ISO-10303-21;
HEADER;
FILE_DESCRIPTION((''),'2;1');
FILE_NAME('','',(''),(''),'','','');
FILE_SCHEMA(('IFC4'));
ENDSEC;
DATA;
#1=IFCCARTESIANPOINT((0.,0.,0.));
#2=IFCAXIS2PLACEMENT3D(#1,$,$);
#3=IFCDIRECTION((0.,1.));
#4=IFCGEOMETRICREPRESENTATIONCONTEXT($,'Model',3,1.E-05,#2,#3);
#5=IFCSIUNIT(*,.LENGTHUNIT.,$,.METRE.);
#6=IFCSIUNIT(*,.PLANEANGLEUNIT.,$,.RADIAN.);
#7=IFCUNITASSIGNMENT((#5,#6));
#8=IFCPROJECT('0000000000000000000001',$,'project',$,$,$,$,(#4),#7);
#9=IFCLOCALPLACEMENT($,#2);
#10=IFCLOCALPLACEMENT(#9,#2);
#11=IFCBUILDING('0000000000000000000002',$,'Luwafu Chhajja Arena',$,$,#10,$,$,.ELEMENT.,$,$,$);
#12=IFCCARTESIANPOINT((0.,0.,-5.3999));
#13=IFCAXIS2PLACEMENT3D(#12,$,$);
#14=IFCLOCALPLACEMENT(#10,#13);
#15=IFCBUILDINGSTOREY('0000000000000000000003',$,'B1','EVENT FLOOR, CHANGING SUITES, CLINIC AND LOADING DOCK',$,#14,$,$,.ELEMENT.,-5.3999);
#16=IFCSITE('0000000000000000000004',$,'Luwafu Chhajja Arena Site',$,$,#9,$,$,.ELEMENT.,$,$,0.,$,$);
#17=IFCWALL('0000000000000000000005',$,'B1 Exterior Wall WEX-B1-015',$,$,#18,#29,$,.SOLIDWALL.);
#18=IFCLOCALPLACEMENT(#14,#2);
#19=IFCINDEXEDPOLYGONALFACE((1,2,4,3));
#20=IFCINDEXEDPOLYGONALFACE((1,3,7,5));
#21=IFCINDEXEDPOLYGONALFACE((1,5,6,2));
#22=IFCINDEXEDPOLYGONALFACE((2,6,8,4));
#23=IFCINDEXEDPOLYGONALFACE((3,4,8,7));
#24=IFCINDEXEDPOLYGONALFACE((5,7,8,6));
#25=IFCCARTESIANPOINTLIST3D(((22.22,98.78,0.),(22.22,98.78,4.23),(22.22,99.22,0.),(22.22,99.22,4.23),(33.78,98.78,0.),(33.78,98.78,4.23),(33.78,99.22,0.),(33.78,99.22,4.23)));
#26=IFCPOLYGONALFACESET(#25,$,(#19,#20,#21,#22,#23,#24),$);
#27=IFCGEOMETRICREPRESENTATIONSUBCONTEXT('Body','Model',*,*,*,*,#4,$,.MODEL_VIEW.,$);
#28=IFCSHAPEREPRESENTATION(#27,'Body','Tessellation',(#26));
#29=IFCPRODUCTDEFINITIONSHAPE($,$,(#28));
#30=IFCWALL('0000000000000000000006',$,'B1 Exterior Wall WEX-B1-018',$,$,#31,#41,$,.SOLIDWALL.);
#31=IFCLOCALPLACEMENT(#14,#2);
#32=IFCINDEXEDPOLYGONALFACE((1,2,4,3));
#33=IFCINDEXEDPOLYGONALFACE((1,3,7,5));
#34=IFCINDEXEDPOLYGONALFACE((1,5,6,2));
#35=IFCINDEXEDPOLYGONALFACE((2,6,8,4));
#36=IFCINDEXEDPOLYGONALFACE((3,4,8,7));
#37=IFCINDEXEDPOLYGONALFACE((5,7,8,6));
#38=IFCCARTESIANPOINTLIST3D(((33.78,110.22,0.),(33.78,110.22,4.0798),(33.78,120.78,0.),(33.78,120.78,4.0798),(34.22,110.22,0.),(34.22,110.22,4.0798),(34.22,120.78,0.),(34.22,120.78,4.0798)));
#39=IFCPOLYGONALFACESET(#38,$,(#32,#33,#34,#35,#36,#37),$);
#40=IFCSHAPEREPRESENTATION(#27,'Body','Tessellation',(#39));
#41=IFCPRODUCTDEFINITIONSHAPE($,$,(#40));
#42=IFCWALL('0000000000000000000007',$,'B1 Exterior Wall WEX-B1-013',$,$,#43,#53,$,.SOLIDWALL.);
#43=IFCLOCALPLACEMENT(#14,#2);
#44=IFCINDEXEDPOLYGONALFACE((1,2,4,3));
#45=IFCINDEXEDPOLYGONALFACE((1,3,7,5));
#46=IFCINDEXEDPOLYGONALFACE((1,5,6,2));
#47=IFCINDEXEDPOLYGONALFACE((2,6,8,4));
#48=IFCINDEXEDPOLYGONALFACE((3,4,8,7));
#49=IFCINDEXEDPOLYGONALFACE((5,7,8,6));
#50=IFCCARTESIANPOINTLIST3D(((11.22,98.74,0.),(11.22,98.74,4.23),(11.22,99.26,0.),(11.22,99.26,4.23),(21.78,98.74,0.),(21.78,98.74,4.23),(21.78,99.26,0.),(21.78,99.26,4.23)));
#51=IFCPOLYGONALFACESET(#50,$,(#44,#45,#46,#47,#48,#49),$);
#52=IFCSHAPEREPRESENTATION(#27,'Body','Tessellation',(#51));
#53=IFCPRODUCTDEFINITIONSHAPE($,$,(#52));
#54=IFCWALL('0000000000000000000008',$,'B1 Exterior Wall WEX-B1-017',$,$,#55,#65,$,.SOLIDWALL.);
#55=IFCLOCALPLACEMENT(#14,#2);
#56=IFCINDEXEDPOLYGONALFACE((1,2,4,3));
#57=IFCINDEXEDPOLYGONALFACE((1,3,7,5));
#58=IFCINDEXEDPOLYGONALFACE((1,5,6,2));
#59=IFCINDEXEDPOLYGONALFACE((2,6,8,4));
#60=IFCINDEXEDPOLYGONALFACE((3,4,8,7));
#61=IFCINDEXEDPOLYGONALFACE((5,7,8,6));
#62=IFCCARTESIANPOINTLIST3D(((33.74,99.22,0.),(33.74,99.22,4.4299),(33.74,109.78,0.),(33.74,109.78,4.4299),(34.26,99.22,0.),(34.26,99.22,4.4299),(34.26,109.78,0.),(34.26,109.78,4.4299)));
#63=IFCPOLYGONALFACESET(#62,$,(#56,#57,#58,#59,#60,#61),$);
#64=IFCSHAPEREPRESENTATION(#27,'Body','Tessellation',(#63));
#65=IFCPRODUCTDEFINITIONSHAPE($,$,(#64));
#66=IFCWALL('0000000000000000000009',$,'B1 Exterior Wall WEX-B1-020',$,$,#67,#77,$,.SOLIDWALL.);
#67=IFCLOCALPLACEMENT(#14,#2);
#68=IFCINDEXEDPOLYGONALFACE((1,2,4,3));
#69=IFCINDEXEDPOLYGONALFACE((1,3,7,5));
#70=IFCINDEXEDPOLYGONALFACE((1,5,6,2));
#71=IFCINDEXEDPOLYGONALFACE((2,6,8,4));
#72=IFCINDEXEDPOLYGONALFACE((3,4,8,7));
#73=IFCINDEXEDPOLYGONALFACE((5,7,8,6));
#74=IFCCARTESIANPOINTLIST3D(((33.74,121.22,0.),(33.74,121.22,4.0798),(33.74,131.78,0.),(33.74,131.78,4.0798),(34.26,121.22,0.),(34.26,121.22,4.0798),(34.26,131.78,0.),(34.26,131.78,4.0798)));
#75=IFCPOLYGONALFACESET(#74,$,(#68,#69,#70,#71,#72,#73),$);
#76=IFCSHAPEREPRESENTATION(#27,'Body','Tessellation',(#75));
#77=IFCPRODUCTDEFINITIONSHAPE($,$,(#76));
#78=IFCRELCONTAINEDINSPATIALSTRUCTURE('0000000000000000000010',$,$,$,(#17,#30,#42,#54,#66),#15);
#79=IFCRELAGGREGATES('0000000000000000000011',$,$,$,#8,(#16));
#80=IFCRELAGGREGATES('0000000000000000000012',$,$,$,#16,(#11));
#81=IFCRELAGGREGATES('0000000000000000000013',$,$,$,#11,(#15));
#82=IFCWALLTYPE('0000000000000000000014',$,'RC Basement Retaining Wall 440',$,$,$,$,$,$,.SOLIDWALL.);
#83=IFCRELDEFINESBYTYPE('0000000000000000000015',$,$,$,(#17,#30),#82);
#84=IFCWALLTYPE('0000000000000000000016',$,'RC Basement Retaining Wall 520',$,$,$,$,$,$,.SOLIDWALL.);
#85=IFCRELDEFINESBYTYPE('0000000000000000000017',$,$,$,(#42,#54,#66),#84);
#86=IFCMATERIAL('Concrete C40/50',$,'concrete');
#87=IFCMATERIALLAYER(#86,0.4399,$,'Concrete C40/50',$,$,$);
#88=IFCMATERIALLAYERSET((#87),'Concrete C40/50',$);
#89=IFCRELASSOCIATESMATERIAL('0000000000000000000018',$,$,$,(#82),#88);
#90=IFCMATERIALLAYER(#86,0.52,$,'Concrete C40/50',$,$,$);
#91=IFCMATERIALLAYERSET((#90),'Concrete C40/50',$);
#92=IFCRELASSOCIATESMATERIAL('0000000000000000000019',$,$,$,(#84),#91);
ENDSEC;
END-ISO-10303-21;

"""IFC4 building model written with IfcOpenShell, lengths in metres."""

from ifc_helpers import new_model, si_unit, direction, frame, frame_2d, origin, place, context, subcontext, project, spatial, rectangle, extrude, material, layer, layer_set, type_object, element, save


model = new_model("IFC4")

# Units and contexts
model_context = context("Model", 3, precision=1e-05, world=origin(), true_north=direction((0.0, 1.0)))
body_context = subcontext(model_context, "Body", "Model", "MODEL_VIEW")
ifc_project = project(units=[si_unit("LENGTHUNIT", "METRE"), si_unit("PLANEANGLEUNIT", "RADIAN")], contexts=[model_context])

# Site, building, storey
site_placement = place(None, origin())
site = spatial("IfcSite", under=ifc_project, at=site_placement, Name="Luwafu Chhajja Arena Site", CompositionType="ELEMENT", RefElevation=0.0)
building_placement = place(site_placement, origin())
building = spatial("IfcBuilding", under=site, at=building_placement, Name="Luwafu Chhajja Arena", CompositionType="ELEMENT")
storey_placement = place(building_placement, frame((0.0, 0.0, -5.3999)))
storey = spatial("IfcBuildingStorey", under=building, at=storey_placement, Name="B1", Description="EVENT FLOOR, CHANGING SUITES, CLINIC AND LOADING DOCK", CompositionType="ELEMENT", Elevation=-5.3999)

# Shared definitions
ifc_material_1 = material(Name="Concrete C40/50", Category="concrete")

# Walls
ifc_layer_1 = layer(ifc_material_1, 0.4399, Name="Concrete C40/50")
ifc_layer_set_1 = layer_set([ifc_layer_1], Name="Concrete C40/50")
wall_type_1 = type_object("IfcWallType", Name="RC Basement Retaining Wall 440", PredefinedType="SOLIDWALL", material=ifc_layer_set_1)
wall_1_placement = place(storey_placement, frame((22.22, 99.0, 0.0), z_axis=(0.0, 0.0, 1.0), x_axis=(1.0, 0.0, 0.0)))
element("IfcWall", 1, at=wall_1_placement, inside=storey, type_object=wall_type_1, Name="B1 Exterior Wall WEX-B1-015", PredefinedType="SOLIDWALL", context=body_context, shape_type="SweptSolid", body=[
    extrude(rectangle(XDim=11.5601, YDim=0.4399, at=frame_2d((5.78, 0.0))), origin(), (0.0, 0.0, 1.0), 4.23),
])
wall_2_placement = place(storey_placement, frame((34.0, 110.22, 0.0), z_axis=(0.0, 0.0, 1.0), x_axis=(0.0, 1.0, 0.0)))
element("IfcWall", 2, at=wall_2_placement, inside=storey, type_object=wall_type_1, Name="B1 Exterior Wall WEX-B1-018", PredefinedType="SOLIDWALL", context=body_context, shape_type="SweptSolid", body=[
    extrude(rectangle(XDim=10.5601, YDim=0.4399, at=frame_2d((5.28, 0.0))), origin(), (0.0, 0.0, 1.0), 4.0798),
])
ifc_layer_2 = layer(ifc_material_1, 0.52, Name="Concrete C40/50")
ifc_layer_set_2 = layer_set([ifc_layer_2], Name="Concrete C40/50")
wall_type_2 = type_object("IfcWallType", Name="RC Basement Retaining Wall 520", PredefinedType="SOLIDWALL", material=ifc_layer_set_2)
wall_3_placement = place(storey_placement, frame((11.22, 99.0, 0.0), z_axis=(0.0, 0.0, 1.0), x_axis=(1.0, 0.0, 0.0)))
element("IfcWall", 3, at=wall_3_placement, inside=storey, type_object=wall_type_2, Name="B1 Exterior Wall WEX-B1-013", PredefinedType="SOLIDWALL", context=body_context, shape_type="SweptSolid", body=[
    extrude(rectangle(XDim=10.5601, YDim=0.52, at=frame_2d((5.28, 0.0))), origin(), (0.0, 0.0, 1.0), 4.23),
])
wall_4_placement = place(storey_placement, frame((34.0, 99.22, 0.0), z_axis=(0.0, 0.0, 1.0), x_axis=(0.0, 1.0, 0.0)))
element("IfcWall", 4, at=wall_4_placement, inside=storey, type_object=wall_type_2, Name="B1 Exterior Wall WEX-B1-017", PredefinedType="SOLIDWALL", context=body_context, shape_type="SweptSolid", body=[
    extrude(rectangle(XDim=10.5601, YDim=0.52, at=frame_2d((5.28, 0.0))), origin(), (0.0, 0.0, 1.0), 4.4299),
])
wall_5_placement = place(storey_placement, frame((34.0, 121.22, 0.0), z_axis=(0.0, 0.0, 1.0), x_axis=(0.0, 1.0, 0.0)))
element("IfcWall", 5, at=wall_5_placement, inside=storey, type_object=wall_type_2, Name="B1 Exterior Wall WEX-B1-020", PredefinedType="SOLIDWALL", context=body_context, shape_type="SweptSolid", body=[
    extrude(rectangle(XDim=10.5601, YDim=0.52, at=frame_2d((5.28, 0.0))), origin(), (0.0, 0.0, 1.0), 4.0798),
])

save(model, "model.ifc")
